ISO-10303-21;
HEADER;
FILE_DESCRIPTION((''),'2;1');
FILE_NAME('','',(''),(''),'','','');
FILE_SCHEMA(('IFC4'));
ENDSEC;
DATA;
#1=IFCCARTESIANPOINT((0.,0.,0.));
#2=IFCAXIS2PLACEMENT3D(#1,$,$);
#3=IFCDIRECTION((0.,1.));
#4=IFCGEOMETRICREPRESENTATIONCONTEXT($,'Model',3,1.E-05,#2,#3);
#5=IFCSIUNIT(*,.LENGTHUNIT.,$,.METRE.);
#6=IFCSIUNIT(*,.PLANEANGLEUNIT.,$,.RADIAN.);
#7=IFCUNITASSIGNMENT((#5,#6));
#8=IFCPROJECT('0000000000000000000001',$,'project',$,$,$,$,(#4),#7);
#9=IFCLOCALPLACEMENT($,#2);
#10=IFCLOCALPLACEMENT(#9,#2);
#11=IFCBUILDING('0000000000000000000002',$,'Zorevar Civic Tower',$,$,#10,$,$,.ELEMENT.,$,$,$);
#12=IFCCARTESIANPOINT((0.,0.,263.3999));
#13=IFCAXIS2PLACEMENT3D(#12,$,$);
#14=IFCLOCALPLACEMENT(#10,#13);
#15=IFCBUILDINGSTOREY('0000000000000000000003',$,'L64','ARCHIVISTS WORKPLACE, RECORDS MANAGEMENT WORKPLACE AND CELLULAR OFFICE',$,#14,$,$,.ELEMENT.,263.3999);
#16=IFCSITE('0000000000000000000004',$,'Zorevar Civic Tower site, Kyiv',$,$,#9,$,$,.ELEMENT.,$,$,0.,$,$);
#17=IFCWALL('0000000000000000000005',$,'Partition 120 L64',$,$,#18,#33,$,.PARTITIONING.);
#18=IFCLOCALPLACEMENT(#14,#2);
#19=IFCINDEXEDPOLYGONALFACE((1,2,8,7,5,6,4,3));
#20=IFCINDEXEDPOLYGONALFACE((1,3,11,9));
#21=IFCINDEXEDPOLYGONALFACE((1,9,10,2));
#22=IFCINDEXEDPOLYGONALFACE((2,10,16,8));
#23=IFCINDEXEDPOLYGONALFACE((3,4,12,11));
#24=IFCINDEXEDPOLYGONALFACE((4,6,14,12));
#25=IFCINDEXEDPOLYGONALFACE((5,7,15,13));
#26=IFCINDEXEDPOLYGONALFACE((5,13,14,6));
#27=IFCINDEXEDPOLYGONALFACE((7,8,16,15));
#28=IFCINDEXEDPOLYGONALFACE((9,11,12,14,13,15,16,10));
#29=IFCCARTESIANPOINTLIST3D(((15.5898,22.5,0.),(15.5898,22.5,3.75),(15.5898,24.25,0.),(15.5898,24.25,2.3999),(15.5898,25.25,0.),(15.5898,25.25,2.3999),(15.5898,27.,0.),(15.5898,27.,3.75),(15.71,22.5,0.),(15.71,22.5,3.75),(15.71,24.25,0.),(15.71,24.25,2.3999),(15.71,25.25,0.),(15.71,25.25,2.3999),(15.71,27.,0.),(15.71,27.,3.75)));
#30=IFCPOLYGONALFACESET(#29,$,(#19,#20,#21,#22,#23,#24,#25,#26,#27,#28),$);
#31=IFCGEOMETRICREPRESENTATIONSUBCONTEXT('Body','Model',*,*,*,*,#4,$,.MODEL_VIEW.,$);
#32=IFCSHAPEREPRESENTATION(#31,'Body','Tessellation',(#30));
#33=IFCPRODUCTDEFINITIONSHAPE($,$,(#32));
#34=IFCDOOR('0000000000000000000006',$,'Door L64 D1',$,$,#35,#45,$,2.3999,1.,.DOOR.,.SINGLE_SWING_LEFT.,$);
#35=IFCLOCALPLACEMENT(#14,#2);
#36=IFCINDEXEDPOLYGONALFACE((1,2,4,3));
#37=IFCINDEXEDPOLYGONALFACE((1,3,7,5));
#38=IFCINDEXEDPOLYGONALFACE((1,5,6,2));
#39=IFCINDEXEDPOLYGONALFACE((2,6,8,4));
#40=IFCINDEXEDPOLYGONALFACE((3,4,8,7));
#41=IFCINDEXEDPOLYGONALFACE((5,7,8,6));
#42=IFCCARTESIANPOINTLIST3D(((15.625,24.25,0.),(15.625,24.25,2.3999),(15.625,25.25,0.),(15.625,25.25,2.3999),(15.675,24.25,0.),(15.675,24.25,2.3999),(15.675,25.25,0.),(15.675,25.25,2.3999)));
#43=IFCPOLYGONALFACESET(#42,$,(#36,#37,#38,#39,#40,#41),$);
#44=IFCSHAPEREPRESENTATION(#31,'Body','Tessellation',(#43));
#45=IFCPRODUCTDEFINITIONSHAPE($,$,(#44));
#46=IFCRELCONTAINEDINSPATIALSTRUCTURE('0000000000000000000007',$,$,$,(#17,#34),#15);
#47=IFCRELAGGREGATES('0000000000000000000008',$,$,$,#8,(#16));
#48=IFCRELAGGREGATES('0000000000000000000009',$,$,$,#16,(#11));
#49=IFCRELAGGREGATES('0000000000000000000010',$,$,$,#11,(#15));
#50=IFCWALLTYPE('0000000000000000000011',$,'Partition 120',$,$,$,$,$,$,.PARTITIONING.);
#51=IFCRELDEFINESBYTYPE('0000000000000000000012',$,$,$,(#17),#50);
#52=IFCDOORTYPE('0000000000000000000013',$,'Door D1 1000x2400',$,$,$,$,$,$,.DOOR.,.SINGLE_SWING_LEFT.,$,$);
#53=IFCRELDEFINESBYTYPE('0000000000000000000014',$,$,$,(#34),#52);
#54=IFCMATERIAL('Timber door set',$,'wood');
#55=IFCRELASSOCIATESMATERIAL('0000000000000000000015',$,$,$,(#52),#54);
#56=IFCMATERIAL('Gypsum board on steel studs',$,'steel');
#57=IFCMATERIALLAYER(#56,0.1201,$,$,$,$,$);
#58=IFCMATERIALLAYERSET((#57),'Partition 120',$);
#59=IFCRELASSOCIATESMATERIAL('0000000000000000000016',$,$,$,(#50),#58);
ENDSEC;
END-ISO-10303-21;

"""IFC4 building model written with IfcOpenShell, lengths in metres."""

from ifc_helpers import new_model, si_unit, direction, frame, frame_2d, origin, place, context, subcontext, project, spatial, rectangle, extrude, material, layer, layer_set, type_object, element, fill, save


model = new_model("IFC4")

# Units and contexts
model_context = context("Model", 3, precision=1e-05, world=origin(), true_north=direction((0.0, 1.0)))
body_context = subcontext(model_context, "Body", "Model", "MODEL_VIEW")
ifc_project = project(units=[si_unit("LENGTHUNIT", "METRE"), si_unit("PLANEANGLEUNIT", "RADIAN")], contexts=[model_context])

# Site, building, storey
site_placement = place(None, origin())
site = spatial("IfcSite", under=ifc_project, at=site_placement, Name="Zorevar Civic Tower site, Kyiv", CompositionType="ELEMENT", RefElevation=0.0)
building_placement = place(site_placement, origin())
building = spatial("IfcBuilding", under=site, at=building_placement, Name="Zorevar Civic Tower", CompositionType="ELEMENT")
storey_placement = place(building_placement, frame((0.0, 0.0, 263.3999)))
storey = spatial("IfcBuildingStorey", under=building, at=storey_placement, Name="L64", Description="ARCHIVISTS WORKPLACE, RECORDS MANAGEMENT WORKPLACE AND CELLULAR OFFICE", CompositionType="ELEMENT", Elevation=263.3999)

# Shared definitions
ifc_material_1 = material(Name="Timber door set", Category="wood")
door_type_1 = type_object("IfcDoorType", Name="Door D1 1000x2400", OperationType="SINGLE_SWING_LEFT", PredefinedType="DOOR", material=ifc_material_1)

# Shared definitions
ifc_material_2 = material(Name="Gypsum board on steel studs", Category="steel")
ifc_layer_1 = layer(ifc_material_2, 0.1201)
ifc_layer_set_1 = layer_set([ifc_layer_1], Name="Partition 120")
wall_type_1 = type_object("IfcWallType", Name="Partition 120", PredefinedType="PARTITIONING", material=ifc_layer_set_1)

# Wall, opening, door
wall_1_placement = place(storey_placement, frame((15.6499, 22.5, 0.0), z_axis=(0.0, 0.0, 1.0), x_axis=(0.0, 1.0, 0.0)))
wall_1 = element("IfcWall", 1, at=wall_1_placement, inside=storey, type_object=wall_type_1, Name="Partition 120 L64", PredefinedType="PARTITIONING", context=body_context, shape_type="SweptSolid", body=[
    extrude(rectangle(XDim=4.5, YDim=0.1201, at=frame_2d((2.25, 0.0))), origin(), (0.0, 0.0, 1.0), 3.75),
])
opening_1_placement = place(wall_1_placement, frame((1.75, 0.0, 0.0)))
opening_1 = element("IfcOpeningElement", 2, at=opening_1_placement, cuts=wall_1, PredefinedType="OPENING", context=body_context, shape_type="SweptSolid", body=[
    extrude(rectangle(XDim=1.0, YDim=2.3999, at=frame_2d((0.5, 1.2))), frame((0.0, 0.0701, 0.0), z_axis=(0.0, -1.0, 0.0), x_axis=(1.0, 0.0, 0.0)), (0.0, 0.0, 1.0), 0.1401),
])
door_1_placement = place(opening_1_placement, origin())
door_1 = element("IfcDoor", 3, at=door_1_placement, inside=storey, type_object=door_type_1, Name="Door L64 D1", OperationType="SINGLE_SWING_LEFT", OverallHeight=2.3999, OverallWidth=1.0, PredefinedType="DOOR", context=body_context, shape_type="SweptSolid", body=[
    extrude(rectangle(XDim=1.0, YDim=2.3999, at=frame_2d((0.5, 1.2))), frame((0.0, 0.0249, 0.0), z_axis=(0.0, -1.0, 0.0), x_axis=(1.0, 0.0, 0.0)), (0.0, 0.0, 1.0), 0.05),
])
fill(opening_1, door_1)

save(model, "model.ifc")
